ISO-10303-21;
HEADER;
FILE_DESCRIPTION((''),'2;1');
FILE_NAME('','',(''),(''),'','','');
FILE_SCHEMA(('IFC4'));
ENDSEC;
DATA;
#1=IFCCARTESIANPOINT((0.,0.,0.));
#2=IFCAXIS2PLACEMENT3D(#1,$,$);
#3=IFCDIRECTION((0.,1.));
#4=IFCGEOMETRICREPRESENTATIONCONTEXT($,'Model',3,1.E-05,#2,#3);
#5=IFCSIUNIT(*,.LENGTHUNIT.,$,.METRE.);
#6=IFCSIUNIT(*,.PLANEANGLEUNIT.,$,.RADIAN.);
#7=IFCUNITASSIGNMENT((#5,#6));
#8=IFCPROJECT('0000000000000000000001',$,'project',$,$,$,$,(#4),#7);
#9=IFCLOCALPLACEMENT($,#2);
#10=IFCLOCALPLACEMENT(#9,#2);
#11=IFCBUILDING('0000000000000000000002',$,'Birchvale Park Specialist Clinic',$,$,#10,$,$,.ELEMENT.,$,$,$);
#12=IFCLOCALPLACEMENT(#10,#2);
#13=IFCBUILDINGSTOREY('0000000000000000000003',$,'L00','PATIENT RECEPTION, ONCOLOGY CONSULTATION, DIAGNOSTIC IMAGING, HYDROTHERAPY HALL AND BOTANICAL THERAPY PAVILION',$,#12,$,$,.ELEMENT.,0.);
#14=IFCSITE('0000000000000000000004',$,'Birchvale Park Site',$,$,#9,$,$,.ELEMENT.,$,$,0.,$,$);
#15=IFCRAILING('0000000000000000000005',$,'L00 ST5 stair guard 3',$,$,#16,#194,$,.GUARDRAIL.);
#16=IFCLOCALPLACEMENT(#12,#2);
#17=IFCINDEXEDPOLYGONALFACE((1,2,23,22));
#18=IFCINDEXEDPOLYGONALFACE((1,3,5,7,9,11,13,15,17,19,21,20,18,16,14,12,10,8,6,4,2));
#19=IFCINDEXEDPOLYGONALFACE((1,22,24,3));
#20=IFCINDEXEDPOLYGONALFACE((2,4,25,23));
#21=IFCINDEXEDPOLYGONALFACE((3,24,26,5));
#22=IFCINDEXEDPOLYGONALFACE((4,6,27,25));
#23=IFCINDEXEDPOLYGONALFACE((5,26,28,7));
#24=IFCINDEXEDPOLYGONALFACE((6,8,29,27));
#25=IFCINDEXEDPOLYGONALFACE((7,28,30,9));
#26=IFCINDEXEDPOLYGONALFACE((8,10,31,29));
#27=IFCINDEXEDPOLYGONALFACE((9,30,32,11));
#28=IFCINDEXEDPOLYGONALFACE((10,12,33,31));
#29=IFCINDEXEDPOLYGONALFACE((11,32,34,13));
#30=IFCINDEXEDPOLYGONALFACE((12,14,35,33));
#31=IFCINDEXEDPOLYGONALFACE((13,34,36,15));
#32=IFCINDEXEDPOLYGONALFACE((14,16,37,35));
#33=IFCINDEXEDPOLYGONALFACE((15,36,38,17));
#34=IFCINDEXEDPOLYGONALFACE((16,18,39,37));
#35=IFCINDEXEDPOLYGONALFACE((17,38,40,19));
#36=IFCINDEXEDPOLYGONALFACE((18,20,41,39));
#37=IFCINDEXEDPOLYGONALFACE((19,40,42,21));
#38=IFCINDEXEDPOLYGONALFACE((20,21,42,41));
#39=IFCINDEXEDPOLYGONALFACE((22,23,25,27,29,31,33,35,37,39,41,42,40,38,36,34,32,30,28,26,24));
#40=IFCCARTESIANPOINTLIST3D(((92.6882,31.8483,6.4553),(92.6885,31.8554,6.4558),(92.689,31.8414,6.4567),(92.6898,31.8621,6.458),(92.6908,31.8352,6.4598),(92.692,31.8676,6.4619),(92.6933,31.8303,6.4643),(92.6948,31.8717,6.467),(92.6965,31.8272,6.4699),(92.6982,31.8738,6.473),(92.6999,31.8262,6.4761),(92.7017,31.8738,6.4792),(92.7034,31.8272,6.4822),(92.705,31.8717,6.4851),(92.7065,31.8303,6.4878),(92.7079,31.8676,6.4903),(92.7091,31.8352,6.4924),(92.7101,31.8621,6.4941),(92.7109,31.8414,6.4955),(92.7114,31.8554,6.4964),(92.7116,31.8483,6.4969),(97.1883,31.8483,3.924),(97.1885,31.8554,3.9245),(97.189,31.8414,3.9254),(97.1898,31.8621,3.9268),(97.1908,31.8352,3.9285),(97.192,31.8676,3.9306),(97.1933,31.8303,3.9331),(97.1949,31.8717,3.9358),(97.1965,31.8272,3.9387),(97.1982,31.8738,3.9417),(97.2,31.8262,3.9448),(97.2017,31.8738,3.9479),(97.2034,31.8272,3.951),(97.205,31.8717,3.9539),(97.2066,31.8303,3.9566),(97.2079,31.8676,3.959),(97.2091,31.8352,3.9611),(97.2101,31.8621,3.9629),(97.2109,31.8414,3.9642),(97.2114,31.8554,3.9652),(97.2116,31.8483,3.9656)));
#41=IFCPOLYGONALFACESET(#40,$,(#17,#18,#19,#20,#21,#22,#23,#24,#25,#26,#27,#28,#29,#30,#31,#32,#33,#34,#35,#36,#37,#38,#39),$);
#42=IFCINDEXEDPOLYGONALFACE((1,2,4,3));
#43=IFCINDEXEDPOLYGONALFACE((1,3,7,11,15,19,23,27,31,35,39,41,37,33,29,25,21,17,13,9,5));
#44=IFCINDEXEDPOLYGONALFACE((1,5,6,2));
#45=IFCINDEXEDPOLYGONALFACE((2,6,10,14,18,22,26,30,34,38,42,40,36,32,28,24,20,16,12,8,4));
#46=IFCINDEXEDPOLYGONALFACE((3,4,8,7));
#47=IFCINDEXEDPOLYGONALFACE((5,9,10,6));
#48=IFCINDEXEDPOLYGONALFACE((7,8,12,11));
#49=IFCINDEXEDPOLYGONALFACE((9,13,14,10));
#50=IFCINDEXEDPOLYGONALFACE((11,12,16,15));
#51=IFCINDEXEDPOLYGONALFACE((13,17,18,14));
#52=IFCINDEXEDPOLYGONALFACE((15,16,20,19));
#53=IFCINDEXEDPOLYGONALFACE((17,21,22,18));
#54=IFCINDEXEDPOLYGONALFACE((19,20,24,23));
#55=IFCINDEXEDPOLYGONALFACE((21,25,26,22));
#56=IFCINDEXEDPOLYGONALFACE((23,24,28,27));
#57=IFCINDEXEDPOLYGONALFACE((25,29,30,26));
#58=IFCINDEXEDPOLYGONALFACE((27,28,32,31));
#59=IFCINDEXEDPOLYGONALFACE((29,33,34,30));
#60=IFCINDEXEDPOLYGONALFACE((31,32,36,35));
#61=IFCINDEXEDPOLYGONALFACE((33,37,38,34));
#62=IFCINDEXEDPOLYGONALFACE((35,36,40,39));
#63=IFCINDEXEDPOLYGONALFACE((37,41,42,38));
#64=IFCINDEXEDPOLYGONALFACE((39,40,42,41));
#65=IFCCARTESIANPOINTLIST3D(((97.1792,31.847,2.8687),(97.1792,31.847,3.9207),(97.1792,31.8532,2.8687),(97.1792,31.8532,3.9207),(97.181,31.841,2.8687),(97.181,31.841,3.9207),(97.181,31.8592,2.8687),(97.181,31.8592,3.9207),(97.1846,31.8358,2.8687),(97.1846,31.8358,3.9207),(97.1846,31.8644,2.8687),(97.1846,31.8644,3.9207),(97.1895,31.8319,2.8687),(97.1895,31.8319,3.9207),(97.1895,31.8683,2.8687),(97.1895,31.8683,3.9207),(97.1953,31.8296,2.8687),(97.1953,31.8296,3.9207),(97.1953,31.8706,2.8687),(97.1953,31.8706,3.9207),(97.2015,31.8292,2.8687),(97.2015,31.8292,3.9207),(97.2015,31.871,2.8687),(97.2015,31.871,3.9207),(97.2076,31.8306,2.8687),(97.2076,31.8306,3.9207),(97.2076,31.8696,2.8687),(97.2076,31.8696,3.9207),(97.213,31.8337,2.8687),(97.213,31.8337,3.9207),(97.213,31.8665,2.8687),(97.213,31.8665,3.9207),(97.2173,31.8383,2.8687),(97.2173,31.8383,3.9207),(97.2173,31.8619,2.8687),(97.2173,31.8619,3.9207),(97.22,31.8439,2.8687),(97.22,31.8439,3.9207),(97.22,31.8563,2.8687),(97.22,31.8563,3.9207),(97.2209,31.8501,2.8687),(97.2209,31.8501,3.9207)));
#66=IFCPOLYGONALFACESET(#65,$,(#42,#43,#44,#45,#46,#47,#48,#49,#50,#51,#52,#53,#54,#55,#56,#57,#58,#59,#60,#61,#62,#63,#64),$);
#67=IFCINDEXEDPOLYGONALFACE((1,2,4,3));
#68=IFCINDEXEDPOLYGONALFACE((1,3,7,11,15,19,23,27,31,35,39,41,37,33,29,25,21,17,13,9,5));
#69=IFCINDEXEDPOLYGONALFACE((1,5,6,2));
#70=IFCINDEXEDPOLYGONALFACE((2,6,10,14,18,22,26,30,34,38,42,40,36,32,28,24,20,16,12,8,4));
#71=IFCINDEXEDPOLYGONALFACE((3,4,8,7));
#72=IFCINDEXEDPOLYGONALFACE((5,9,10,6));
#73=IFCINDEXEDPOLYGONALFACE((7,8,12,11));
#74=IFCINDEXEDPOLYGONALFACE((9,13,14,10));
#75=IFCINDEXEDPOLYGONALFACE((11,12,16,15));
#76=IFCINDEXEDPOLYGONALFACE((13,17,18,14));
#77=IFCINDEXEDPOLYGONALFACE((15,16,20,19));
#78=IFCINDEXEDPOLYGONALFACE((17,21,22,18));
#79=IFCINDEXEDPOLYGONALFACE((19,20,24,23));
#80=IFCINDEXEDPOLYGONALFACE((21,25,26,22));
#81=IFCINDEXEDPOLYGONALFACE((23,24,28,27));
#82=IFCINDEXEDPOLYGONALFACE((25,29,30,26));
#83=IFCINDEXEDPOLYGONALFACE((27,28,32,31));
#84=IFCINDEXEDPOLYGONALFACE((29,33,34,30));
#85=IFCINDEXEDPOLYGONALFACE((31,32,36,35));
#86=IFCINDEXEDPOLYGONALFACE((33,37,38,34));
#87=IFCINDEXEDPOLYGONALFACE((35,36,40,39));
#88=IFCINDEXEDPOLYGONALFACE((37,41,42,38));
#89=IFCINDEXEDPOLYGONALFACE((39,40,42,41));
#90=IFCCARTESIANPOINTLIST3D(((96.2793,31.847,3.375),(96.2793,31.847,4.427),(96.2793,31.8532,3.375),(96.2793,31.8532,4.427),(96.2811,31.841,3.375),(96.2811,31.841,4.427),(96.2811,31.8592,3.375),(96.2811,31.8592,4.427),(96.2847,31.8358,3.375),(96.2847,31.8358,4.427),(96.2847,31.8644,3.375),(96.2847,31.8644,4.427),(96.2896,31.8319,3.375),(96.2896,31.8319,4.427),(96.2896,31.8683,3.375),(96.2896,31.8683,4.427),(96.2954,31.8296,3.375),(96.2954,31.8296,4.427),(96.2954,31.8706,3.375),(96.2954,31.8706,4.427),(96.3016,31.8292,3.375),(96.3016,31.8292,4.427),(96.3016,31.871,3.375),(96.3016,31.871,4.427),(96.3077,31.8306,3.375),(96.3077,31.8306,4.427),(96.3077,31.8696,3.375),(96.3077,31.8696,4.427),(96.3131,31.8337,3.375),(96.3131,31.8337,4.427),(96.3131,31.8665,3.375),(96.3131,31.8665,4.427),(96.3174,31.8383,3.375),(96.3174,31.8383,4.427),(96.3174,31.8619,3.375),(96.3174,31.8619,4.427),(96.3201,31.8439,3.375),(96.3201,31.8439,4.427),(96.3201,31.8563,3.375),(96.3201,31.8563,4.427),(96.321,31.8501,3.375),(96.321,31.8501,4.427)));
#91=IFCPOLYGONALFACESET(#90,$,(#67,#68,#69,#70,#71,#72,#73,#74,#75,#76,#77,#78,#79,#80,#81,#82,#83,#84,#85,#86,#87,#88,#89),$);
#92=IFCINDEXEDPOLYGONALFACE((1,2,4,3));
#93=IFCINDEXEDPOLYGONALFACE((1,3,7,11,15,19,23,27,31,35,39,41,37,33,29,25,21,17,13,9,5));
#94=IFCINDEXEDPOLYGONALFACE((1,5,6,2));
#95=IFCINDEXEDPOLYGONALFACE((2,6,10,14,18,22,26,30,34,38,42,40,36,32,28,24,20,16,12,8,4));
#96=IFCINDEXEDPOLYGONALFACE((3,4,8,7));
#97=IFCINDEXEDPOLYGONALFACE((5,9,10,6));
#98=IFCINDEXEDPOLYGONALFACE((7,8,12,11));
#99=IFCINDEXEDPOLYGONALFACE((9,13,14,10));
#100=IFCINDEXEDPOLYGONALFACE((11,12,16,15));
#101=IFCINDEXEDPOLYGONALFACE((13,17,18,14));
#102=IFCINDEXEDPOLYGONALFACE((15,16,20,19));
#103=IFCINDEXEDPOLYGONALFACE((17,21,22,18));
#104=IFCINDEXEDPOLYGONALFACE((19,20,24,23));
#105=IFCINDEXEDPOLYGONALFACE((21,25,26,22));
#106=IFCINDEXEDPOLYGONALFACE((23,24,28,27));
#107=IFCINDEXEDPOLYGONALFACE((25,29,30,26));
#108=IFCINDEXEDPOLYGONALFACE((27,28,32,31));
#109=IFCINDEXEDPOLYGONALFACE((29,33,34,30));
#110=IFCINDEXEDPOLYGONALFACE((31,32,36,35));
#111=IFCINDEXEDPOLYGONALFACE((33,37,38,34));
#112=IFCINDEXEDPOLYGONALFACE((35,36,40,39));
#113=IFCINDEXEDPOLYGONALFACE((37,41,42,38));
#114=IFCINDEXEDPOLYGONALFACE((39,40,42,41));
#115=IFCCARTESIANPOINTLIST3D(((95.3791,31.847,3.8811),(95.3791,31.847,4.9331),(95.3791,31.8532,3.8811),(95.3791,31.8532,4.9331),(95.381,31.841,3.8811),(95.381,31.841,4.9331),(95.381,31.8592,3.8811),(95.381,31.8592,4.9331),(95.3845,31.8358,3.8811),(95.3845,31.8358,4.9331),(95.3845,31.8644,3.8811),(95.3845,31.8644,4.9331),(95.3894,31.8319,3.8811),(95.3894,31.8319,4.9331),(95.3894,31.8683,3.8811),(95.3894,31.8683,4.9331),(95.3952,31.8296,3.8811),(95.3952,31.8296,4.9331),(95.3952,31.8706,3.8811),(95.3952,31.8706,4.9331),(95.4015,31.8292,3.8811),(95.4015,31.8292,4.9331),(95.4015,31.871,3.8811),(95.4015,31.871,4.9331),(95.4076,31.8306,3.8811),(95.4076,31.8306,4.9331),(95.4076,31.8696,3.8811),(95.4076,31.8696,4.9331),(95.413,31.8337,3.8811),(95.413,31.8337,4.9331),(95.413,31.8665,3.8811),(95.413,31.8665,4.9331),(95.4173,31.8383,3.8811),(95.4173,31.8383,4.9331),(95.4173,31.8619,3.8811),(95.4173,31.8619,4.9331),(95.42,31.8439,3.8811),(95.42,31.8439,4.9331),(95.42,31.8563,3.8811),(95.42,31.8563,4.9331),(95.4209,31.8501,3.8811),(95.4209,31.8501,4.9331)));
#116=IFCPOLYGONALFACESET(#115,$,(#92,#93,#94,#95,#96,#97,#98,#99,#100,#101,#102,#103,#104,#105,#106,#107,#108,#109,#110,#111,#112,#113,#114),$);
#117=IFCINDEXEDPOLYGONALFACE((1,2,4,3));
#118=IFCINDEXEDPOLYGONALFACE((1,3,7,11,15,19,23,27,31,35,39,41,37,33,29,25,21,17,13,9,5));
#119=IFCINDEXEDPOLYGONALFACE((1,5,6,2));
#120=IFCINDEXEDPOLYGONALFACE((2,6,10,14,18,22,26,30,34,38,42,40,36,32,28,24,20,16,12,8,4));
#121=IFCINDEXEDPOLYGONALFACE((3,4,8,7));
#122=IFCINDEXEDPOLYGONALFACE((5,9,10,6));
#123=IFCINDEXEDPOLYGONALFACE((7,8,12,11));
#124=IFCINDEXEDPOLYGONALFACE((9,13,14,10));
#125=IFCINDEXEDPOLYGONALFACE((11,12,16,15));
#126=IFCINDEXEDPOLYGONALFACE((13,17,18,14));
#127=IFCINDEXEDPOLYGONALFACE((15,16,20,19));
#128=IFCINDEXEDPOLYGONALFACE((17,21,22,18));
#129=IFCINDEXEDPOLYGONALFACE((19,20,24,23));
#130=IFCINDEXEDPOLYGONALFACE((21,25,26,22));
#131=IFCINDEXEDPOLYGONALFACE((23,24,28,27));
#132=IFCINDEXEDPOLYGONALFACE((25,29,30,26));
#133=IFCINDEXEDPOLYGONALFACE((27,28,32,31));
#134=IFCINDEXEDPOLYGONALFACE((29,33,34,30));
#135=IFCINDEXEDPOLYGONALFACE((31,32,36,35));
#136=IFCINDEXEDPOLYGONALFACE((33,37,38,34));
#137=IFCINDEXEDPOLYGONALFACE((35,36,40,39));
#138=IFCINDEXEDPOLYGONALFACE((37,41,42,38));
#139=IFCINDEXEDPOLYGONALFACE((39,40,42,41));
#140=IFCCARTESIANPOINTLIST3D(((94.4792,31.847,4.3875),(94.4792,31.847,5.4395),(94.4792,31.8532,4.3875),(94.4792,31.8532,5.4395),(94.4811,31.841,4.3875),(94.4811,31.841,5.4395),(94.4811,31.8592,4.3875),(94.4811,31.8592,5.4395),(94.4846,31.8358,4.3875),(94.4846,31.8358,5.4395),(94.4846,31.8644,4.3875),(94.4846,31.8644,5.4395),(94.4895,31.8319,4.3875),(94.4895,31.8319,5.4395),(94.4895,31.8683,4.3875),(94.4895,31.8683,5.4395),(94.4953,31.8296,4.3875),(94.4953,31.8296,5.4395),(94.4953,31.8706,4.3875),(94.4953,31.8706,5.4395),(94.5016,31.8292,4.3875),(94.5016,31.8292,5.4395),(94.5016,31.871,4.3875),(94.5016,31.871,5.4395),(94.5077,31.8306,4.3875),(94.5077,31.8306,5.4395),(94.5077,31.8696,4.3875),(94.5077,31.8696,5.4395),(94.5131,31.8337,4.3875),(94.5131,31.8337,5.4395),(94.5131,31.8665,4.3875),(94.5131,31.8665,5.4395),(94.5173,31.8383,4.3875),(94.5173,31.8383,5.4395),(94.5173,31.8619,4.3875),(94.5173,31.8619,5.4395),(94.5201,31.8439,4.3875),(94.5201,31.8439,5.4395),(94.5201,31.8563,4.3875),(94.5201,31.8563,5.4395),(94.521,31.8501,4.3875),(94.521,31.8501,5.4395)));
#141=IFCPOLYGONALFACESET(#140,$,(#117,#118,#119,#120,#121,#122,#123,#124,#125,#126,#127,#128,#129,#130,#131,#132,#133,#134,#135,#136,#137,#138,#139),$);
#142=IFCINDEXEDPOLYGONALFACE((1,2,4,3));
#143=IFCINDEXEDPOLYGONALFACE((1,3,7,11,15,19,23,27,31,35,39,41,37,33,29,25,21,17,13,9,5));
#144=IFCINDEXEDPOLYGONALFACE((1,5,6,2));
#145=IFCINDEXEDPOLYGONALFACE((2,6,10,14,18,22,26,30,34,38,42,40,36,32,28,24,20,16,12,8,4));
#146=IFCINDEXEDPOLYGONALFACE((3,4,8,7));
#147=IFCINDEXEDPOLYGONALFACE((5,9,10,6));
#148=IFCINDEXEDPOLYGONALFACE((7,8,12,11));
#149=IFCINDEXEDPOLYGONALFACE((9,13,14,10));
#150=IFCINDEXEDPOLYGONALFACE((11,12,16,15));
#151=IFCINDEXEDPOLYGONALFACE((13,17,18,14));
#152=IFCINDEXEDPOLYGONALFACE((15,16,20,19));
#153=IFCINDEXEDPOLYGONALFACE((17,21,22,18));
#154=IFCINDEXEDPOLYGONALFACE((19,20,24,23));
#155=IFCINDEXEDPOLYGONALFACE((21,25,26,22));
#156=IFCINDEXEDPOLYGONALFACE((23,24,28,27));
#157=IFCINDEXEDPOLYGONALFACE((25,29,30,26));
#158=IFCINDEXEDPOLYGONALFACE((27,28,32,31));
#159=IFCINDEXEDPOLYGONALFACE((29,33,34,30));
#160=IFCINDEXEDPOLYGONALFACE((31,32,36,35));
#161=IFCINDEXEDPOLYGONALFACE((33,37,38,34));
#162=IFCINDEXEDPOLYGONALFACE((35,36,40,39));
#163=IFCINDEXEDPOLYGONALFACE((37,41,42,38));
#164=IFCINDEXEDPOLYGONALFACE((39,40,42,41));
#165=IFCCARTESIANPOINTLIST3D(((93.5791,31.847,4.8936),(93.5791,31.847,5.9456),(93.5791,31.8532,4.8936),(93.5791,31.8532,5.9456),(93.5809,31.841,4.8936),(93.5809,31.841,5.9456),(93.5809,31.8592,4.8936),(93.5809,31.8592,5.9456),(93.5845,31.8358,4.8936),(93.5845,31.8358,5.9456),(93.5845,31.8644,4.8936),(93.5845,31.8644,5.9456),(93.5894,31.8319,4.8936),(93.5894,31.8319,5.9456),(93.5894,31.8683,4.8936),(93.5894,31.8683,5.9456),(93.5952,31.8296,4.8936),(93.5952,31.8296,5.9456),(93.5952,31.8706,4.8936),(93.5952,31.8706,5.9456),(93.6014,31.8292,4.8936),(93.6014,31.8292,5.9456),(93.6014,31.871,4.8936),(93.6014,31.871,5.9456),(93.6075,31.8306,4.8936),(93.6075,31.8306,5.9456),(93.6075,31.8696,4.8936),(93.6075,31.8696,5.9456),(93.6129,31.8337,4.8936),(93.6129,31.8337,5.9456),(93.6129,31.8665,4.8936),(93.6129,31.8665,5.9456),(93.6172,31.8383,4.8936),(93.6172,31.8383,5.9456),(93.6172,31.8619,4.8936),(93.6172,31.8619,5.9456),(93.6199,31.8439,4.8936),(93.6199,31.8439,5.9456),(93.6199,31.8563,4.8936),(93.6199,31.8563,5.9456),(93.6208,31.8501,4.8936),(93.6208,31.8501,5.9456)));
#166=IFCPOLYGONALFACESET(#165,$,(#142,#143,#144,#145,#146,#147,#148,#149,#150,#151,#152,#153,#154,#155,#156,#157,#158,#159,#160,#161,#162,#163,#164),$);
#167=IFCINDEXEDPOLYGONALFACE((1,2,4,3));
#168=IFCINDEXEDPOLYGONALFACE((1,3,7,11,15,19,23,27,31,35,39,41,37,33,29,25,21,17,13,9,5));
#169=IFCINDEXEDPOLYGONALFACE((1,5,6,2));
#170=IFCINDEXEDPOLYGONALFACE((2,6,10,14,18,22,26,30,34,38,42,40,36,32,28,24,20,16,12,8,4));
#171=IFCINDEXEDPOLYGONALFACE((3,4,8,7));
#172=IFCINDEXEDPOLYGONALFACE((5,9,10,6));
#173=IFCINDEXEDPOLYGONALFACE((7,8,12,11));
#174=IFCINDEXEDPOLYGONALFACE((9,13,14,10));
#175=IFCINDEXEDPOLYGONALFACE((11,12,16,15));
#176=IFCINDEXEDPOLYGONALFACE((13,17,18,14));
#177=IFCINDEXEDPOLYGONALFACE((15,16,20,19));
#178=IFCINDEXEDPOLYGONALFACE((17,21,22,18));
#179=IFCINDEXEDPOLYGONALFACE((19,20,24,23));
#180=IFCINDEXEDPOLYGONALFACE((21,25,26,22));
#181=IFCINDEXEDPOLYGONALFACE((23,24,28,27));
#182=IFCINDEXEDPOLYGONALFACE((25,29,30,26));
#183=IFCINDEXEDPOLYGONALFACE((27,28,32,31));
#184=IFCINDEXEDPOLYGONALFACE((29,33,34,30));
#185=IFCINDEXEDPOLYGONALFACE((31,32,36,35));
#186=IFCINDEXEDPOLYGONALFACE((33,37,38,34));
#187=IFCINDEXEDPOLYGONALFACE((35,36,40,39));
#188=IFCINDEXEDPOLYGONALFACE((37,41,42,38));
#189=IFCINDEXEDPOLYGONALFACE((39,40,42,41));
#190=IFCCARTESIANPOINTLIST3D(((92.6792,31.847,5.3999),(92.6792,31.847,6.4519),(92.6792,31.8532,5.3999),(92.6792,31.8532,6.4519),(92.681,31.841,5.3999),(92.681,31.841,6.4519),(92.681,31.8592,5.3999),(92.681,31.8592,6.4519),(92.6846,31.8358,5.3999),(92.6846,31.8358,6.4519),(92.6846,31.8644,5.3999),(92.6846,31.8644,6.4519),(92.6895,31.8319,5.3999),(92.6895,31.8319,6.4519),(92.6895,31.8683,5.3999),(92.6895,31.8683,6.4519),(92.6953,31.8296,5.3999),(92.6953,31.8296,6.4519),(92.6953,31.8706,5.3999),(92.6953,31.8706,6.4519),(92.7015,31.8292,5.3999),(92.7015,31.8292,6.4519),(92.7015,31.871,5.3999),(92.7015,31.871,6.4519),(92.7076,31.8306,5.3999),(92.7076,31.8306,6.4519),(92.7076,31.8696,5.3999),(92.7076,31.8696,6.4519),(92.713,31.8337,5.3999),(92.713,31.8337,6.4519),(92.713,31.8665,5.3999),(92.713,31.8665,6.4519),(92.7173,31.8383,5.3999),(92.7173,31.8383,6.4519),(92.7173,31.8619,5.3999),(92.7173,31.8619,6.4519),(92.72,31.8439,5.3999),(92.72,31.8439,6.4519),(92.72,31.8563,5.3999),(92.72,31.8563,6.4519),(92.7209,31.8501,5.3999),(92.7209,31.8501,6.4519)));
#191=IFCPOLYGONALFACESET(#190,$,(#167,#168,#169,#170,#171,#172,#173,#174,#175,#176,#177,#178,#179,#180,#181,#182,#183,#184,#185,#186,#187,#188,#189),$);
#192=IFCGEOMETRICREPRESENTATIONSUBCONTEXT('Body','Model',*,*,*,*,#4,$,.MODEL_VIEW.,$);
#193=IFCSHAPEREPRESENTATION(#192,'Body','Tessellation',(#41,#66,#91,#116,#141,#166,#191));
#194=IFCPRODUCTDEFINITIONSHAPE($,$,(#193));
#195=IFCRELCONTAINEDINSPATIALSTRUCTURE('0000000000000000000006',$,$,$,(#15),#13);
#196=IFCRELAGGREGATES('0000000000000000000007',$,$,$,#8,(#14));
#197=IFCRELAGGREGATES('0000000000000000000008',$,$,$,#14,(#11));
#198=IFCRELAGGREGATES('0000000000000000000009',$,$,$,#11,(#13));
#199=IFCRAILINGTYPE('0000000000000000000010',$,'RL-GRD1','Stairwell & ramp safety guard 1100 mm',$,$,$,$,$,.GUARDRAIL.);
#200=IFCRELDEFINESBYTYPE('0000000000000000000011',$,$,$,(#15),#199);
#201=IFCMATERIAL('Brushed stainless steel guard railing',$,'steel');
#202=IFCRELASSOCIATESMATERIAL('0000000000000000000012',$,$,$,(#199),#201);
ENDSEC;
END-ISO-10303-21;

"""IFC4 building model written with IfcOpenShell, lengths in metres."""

from ifc_helpers import new_model, si_unit, direction, frame, origin, origin_2d, place, context, subcontext, project, spatial, circle, extrude, material, type_object, element, save


model = new_model("IFC4")

# Units and contexts
model_context = context("Model", 3, precision=1e-05, world=origin(), true_north=direction((0.0, 1.0)))
body_context = subcontext(model_context, "Body", "Model", "MODEL_VIEW")
ifc_project = project(units=[si_unit("LENGTHUNIT", "METRE"), si_unit("PLANEANGLEUNIT", "RADIAN")], contexts=[model_context])

# Site, building, storey
site_placement = place(None, origin())
site = spatial("IfcSite", under=ifc_project, at=site_placement, Name="Birchvale Park Site", CompositionType="ELEMENT", RefElevation=0.0)
building_placement = place(site_placement, origin())
building = spatial("IfcBuilding", under=site, at=building_placement, Name="Birchvale Park Specialist Clinic", CompositionType="ELEMENT")
storey_placement = place(building_placement, origin())
storey = spatial("IfcBuildingStorey", under=building, at=storey_placement, Name="L00", Description="PATIENT RECEPTION, ONCOLOGY CONSULTATION, DIAGNOSTIC IMAGING, HYDROTHERAPY HALL AND BOTANICAL THERAPY PAVILION", CompositionType="ELEMENT", Elevation=0.0)

# Railing
ifc_material_1 = material(Name="Brushed stainless steel guard railing", Category="steel")
railing_type_1 = type_object("IfcRailingType", Name="RL-GRD1", Description="Stairwell & ramp safety guard 1100 mm", PredefinedType="GUARDRAIL", material=ifc_material_1)
railing_1_placement = place(storey_placement, frame((97.2, 31.8501, 2.8687)))
element("IfcRailing", 1, at=railing_1_placement, inside=storey, type_object=railing_type_1, Name="L00 ST5 stair guard 3", PredefinedType="GUARDRAIL", context=body_context, shape_type="SweptSolid", body=[
    extrude(circle(Radius=0.0239, at=origin_2d()), frame((0.0, 0.0, 1.0762), z_axis=(-0.871576, 0.0, 0.490261), x_axis=(0.0, -1.0, 0.0)), (0.0, 0.0, 1.0), 5.1631),
    extrude(circle(Radius=0.021, at=origin_2d()), origin(), (0.0, 0.0, 1.0), 1.052),
    extrude(circle(Radius=0.021, at=origin_2d()), frame((-0.8999, 0.0, 0.5063)), (0.0, 0.0, 1.0), 1.052),
    extrude(circle(Radius=0.021, at=origin_2d()), frame((-1.8, 0.0, 1.0125)), (0.0, 0.0, 1.0), 1.052),
    extrude(circle(Radius=0.021, at=origin_2d()), frame((-2.7, 0.0, 1.5188)), (0.0, 0.0, 1.0), 1.052),
    extrude(circle(Radius=0.021, at=origin_2d()), frame((-3.6001, 0.0, 2.0249)), (0.0, 0.0, 1.0), 1.052),
    extrude(circle(Radius=0.021, at=origin_2d()), frame((-4.5, 0.0, 2.5312)), (0.0, 0.0, 1.0), 1.052),
])

save(model, "model.ifc")
